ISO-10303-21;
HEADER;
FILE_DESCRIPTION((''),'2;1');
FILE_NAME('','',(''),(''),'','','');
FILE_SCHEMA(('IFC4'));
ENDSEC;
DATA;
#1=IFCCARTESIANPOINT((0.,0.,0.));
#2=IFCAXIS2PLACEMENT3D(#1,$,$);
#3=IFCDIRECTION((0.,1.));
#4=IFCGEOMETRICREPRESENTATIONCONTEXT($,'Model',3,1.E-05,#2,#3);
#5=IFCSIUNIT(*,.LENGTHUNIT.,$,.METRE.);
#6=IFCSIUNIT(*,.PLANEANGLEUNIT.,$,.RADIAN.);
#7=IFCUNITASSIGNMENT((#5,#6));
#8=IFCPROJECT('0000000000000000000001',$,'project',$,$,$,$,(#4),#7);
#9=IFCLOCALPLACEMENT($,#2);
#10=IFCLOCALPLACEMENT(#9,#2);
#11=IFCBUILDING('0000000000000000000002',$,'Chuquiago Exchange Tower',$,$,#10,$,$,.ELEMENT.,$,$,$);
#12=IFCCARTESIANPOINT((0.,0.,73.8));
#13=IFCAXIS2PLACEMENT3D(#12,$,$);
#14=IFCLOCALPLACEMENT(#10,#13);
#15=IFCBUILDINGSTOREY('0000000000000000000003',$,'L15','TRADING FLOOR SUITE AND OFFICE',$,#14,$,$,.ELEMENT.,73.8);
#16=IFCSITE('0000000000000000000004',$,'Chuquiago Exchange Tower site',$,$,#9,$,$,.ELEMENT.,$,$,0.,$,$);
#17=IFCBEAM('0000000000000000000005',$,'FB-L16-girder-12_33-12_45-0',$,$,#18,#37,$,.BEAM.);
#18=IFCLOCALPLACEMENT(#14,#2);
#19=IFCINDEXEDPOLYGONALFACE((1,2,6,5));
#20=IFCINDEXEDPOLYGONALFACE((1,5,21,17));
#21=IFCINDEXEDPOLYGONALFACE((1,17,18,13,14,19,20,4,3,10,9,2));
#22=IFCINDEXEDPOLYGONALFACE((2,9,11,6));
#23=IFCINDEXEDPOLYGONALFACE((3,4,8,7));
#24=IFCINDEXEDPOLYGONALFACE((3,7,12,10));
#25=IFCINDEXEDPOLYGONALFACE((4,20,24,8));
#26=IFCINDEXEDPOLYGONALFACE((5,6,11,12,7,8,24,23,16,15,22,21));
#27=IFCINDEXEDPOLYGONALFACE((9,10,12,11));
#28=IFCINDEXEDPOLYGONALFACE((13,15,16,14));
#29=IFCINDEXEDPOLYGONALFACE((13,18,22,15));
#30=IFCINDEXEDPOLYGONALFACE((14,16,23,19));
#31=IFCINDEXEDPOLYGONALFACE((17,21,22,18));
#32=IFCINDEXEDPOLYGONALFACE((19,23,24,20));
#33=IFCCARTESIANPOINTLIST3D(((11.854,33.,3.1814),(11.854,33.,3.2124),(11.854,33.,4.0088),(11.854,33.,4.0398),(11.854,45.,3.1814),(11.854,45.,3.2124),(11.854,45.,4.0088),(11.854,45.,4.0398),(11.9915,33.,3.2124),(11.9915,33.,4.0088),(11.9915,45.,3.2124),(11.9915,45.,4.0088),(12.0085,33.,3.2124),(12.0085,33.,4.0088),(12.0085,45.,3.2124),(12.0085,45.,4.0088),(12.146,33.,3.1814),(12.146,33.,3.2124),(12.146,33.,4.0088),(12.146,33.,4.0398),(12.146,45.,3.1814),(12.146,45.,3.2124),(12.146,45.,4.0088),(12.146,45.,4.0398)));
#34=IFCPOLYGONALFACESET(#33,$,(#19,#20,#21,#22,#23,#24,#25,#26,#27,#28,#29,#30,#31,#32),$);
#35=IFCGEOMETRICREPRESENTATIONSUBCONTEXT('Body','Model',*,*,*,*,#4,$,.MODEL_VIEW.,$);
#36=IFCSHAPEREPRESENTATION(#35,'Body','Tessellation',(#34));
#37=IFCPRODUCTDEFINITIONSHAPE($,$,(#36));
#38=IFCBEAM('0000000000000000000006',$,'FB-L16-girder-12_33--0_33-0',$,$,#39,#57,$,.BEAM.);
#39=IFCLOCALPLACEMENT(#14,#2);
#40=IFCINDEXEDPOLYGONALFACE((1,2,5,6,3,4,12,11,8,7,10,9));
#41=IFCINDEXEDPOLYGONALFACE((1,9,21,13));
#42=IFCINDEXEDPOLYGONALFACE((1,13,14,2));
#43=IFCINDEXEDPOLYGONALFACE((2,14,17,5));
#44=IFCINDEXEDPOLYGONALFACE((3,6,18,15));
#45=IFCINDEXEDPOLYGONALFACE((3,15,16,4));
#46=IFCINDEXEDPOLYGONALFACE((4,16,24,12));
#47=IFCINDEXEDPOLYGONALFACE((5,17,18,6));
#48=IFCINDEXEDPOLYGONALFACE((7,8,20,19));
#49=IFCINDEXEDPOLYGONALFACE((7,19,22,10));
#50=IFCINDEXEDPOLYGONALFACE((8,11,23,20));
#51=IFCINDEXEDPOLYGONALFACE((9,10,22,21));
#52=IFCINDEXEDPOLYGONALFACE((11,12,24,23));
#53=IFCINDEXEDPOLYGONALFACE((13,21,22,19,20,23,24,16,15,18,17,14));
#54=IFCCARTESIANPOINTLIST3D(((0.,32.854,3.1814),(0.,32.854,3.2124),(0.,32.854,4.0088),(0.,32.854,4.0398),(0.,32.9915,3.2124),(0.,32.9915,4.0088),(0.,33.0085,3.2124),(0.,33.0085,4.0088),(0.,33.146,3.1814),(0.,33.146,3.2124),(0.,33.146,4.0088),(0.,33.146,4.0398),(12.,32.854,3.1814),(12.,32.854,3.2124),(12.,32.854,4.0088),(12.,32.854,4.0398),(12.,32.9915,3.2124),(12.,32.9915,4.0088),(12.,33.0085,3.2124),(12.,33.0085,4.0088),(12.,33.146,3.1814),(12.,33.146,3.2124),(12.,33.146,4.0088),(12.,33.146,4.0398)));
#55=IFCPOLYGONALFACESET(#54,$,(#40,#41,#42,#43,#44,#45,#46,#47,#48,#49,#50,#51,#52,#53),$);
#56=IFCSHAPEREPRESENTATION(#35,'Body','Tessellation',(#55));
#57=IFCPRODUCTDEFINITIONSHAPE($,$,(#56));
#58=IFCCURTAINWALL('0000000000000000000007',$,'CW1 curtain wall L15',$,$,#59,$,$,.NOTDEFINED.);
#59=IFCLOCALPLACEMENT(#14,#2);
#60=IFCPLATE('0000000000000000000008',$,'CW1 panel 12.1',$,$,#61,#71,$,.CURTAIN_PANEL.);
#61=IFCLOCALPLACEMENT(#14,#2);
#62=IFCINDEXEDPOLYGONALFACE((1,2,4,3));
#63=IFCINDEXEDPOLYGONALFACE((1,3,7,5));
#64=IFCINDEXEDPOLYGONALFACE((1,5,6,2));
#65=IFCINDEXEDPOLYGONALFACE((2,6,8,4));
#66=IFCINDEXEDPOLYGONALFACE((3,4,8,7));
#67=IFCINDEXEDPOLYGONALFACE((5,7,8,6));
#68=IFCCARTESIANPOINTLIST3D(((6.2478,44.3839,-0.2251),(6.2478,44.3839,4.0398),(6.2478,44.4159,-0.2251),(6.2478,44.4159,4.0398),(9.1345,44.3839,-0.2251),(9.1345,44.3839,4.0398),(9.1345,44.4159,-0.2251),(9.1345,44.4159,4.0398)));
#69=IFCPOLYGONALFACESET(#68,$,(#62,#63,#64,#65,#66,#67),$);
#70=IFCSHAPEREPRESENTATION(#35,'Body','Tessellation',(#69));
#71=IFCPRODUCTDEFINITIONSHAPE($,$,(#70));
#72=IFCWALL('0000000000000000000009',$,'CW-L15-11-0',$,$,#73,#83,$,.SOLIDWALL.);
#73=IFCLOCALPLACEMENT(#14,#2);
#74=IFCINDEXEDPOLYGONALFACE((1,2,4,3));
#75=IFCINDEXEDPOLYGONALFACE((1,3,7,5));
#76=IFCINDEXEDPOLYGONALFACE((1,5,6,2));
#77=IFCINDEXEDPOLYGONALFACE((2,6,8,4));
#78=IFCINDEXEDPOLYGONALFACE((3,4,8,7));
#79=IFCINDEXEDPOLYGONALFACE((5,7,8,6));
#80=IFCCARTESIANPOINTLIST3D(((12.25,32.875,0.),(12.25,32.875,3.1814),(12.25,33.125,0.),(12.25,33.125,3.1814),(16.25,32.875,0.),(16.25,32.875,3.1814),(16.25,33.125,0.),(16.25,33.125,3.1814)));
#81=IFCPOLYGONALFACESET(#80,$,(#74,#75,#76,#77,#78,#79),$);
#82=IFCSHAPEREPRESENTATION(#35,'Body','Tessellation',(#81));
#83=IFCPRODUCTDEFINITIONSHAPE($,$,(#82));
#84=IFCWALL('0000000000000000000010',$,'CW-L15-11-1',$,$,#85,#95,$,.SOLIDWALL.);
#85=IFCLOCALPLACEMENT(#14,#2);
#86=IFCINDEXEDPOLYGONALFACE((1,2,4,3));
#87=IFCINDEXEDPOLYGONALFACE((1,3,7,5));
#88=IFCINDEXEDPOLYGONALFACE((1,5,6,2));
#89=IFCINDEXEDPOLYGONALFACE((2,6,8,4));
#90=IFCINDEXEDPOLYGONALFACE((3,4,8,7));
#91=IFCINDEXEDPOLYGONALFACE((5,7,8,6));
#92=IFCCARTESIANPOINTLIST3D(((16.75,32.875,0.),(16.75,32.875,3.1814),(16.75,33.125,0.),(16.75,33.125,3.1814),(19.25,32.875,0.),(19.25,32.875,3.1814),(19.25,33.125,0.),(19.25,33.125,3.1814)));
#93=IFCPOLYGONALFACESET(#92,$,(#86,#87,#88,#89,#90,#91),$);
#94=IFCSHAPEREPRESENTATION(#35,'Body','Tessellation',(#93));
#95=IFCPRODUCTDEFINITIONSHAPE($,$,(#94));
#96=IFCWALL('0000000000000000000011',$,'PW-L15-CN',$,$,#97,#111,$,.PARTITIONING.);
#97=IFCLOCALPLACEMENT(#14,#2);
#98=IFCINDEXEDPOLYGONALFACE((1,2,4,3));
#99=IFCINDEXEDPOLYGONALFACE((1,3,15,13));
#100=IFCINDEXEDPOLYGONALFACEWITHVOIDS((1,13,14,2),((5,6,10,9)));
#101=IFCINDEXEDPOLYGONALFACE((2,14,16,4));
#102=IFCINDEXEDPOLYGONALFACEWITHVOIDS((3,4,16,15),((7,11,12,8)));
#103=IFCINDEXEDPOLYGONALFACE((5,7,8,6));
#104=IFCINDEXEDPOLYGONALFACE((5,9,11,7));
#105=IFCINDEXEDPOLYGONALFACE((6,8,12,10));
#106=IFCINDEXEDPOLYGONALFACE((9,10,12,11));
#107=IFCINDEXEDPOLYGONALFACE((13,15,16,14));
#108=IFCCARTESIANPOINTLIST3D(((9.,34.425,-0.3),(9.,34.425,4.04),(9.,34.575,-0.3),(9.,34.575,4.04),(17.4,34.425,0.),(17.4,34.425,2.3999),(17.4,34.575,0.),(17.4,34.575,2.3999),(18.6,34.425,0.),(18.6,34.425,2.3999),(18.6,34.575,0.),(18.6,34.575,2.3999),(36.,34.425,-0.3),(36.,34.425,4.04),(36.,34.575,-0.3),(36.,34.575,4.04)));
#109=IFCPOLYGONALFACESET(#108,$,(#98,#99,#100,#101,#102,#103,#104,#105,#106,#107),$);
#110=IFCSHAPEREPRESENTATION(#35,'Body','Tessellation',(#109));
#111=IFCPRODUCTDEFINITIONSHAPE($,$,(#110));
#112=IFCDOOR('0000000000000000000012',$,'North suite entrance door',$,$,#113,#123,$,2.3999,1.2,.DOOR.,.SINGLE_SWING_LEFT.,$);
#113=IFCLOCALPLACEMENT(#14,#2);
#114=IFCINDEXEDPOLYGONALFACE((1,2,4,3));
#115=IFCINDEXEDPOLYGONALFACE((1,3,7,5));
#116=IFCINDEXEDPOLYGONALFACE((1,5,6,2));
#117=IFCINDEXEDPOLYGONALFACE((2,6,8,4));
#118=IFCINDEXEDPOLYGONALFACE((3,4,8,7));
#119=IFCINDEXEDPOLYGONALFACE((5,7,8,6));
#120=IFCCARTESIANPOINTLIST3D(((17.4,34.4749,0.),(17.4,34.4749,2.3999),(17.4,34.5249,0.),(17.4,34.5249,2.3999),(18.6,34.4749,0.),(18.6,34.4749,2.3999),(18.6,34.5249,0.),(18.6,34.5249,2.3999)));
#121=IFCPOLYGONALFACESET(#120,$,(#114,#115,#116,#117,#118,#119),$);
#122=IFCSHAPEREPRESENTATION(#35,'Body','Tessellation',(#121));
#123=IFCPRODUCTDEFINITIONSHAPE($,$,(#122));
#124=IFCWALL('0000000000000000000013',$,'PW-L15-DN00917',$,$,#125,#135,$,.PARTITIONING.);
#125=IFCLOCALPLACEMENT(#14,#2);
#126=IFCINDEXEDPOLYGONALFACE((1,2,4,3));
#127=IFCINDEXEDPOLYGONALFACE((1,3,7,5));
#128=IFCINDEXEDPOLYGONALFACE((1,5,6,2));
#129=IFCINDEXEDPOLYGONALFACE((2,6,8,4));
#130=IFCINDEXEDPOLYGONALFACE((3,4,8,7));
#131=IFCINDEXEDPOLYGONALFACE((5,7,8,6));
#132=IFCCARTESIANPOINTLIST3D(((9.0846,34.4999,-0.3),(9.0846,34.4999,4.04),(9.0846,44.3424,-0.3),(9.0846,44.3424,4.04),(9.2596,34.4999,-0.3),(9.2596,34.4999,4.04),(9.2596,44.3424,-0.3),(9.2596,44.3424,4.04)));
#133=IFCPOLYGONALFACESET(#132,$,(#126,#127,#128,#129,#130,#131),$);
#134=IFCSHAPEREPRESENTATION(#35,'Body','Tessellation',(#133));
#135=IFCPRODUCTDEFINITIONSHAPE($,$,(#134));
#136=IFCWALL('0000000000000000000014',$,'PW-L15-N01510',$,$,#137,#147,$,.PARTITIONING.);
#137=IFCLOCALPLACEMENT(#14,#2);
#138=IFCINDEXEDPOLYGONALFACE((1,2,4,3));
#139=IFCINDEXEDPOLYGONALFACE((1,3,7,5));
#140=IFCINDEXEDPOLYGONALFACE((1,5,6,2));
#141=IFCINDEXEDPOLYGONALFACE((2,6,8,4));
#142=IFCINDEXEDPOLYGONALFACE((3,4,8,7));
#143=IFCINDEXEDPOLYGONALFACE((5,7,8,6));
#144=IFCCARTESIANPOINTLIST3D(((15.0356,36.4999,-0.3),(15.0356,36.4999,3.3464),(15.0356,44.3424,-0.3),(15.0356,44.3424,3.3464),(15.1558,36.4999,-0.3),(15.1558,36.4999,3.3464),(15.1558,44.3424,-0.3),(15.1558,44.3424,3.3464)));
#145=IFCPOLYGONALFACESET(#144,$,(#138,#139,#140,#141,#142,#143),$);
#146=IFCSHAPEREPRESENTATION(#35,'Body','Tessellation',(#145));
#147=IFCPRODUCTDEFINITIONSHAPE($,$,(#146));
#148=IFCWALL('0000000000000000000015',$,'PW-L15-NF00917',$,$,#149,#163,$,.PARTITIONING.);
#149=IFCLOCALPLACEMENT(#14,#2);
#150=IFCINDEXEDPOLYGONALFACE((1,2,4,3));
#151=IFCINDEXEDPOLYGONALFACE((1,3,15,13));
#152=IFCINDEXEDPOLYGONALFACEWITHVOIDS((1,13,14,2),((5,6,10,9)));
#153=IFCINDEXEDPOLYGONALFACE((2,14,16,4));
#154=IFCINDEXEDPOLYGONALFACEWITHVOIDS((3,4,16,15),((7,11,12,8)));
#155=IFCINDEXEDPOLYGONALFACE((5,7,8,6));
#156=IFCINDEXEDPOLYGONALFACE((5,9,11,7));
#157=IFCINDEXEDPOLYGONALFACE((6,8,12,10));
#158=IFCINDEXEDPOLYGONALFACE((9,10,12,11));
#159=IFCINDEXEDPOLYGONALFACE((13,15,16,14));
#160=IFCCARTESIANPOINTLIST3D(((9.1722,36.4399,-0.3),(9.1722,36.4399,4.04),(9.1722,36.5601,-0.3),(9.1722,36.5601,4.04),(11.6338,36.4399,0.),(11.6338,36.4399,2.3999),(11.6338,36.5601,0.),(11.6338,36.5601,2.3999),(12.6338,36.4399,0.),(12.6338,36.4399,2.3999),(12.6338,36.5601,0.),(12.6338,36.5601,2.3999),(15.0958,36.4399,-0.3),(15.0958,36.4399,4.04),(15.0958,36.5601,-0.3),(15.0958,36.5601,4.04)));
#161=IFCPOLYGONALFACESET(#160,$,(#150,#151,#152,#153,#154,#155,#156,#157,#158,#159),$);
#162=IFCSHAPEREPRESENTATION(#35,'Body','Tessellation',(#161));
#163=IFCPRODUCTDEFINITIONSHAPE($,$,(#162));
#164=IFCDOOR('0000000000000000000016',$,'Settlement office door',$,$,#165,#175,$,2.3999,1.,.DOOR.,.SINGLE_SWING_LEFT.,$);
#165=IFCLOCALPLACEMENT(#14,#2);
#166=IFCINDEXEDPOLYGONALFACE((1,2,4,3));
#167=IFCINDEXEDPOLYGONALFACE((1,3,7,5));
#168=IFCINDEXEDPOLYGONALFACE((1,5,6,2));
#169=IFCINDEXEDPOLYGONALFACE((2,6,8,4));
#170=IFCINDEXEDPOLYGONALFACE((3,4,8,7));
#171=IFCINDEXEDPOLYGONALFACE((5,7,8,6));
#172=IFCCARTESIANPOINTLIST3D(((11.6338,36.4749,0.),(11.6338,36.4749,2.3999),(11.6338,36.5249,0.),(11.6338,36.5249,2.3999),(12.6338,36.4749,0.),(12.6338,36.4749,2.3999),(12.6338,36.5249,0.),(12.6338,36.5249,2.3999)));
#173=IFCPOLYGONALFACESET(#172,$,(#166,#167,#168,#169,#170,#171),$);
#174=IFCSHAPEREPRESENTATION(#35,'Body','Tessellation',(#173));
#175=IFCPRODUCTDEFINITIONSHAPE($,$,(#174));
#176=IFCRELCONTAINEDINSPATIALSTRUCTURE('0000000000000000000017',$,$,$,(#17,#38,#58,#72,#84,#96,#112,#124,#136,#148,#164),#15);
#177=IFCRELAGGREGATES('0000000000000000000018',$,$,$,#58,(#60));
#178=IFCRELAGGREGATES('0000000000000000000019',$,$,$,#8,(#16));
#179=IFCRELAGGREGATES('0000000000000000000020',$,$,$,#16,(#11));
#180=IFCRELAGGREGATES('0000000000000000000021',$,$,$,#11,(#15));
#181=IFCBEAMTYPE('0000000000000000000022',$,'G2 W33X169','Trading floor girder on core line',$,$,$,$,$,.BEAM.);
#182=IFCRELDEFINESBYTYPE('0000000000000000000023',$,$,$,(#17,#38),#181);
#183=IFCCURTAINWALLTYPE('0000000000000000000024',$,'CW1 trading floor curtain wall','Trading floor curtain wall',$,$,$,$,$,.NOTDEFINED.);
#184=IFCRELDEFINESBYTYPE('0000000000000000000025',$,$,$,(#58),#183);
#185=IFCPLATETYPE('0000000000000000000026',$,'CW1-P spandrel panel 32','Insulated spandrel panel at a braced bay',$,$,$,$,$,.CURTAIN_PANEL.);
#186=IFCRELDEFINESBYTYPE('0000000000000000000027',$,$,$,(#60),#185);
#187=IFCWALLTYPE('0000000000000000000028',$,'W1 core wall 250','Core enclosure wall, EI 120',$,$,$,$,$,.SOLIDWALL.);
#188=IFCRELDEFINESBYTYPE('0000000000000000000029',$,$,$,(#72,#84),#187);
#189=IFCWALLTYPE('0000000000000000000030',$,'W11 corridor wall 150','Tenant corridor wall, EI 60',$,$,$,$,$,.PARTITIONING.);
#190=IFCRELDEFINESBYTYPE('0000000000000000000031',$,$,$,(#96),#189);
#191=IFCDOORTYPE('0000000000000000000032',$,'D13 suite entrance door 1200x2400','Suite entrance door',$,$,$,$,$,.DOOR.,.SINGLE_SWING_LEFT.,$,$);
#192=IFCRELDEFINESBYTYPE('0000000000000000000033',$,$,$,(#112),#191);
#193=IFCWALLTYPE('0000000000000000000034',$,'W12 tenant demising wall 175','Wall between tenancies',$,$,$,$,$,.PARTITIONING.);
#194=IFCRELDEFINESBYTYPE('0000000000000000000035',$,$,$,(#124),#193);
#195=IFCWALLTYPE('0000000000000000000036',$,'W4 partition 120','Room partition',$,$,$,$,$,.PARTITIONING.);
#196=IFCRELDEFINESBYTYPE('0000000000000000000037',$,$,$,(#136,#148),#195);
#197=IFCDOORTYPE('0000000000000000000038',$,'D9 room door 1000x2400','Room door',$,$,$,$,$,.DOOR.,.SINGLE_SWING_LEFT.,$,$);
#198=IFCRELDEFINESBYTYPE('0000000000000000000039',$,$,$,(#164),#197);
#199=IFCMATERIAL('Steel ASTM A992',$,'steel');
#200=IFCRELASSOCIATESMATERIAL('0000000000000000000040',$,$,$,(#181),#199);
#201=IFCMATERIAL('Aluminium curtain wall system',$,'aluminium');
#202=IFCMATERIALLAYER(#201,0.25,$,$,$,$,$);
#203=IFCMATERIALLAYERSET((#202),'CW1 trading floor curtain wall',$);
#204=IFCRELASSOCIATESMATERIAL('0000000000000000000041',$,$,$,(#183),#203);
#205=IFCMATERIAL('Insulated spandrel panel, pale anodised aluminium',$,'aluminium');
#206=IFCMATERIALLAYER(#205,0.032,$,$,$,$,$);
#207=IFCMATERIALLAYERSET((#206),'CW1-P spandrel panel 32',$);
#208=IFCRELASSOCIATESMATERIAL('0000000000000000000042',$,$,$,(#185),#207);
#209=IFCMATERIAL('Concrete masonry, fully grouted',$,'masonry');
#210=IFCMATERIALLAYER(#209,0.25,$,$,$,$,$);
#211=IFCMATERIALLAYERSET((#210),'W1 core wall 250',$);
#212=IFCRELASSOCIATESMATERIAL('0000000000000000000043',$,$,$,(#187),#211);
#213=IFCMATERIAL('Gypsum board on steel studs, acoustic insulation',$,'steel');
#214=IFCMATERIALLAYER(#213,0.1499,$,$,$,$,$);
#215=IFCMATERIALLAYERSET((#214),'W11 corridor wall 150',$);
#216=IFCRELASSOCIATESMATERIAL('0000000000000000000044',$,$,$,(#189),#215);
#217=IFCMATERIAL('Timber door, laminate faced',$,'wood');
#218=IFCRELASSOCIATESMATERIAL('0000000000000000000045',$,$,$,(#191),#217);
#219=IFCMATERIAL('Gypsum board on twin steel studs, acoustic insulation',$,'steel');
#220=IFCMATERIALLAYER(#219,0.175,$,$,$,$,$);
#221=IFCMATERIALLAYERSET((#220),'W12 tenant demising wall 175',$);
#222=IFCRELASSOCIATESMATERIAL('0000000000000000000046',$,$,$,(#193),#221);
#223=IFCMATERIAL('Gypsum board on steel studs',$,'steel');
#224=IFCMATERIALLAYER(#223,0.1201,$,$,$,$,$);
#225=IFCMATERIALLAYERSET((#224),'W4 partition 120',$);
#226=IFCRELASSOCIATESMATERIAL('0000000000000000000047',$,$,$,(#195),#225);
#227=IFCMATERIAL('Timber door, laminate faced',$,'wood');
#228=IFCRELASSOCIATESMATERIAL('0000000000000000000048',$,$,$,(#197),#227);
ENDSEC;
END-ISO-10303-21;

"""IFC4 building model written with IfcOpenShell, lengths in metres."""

from ifc_helpers import new_model, si_unit, direction, frame, frame_2d, origin, origin_2d, place, context, subcontext, project, spatial, rectangle, i_section, extrude, material, layer, layer_set, material_profile, profile_set, type_object, element, fill, aggregate, save


model = new_model("IFC4")

# Units and contexts
model_context = context("Model", 3, precision=1e-05, world=origin(), true_north=direction((0.0, 1.0)))
body_context = subcontext(model_context, "Body", "Model", "MODEL_VIEW")
ifc_project = project(units=[si_unit("LENGTHUNIT", "METRE"), si_unit("PLANEANGLEUNIT", "RADIAN")], contexts=[model_context])

# Site, building, storey
site_placement = place(None, origin())
site = spatial("IfcSite", under=ifc_project, at=site_placement, Name="Chuquiago Exchange Tower site", CompositionType="ELEMENT", RefElevation=0.0)
building_placement = place(site_placement, origin())
building = spatial("IfcBuilding", under=site, at=building_placement, Name="Chuquiago Exchange Tower", CompositionType="ELEMENT")
storey_placement = place(building_placement, frame((0.0, 0.0, 73.8)))
storey = spatial("IfcBuildingStorey", under=building, at=storey_placement, Name="L15", Description="TRADING FLOOR SUITE AND OFFICE", CompositionType="ELEMENT", Elevation=73.8)

# Beams
ifc_material_1 = material(Name="Steel ASTM A992", Category="steel")
ifc_material_profile_1 = material_profile(ifc_material_1, i_section(OverallWidth=0.292, OverallDepth=0.8584, WebThickness=0.0171, FlangeThickness=0.031, at=origin_2d()), Name="W33X169")
ifc_profile_set_1 = profile_set([ifc_material_profile_1], Name="Steel ASTM A992")
beam_type_1 = type_object("IfcBeamType", Name="G2 W33X169", Description="Trading floor girder on core line", PredefinedType="BEAM", material=ifc_profile_set_1)
for number, where, z_axis, x_axis, name in (
    (1, (12.0, 33.0, 3.6106), (0.0, 1.0, 0.0), (-1.0, 0.0, 0.0), "FB-L16-girder-12_33-12_45-0"),
    (2, (12.0, 33.0, 3.6106), (-1.0, 0.0, 0.0), (0.0, -1.0, 0.0), "FB-L16-girder-12_33--0_33-0"),
):
    element("IfcBeam", number, at=place(storey_placement, frame(where, z_axis=z_axis, x_axis=x_axis)), inside=storey, type_object=beam_type_1, Name=name, PredefinedType="BEAM", context=body_context, shape_type="SweptSolid", body=[
        extrude(i_section(OverallWidth=0.292, OverallDepth=0.8584, WebThickness=0.0171, FlangeThickness=0.031, at=origin_2d()), origin(), (0.0, 0.0, 1.0), 12.0),
    ])

# Curtain wall, plate
ifc_material_2 = material(Name="Aluminium curtain wall system", Category="aluminium")
ifc_layer_1 = layer(ifc_material_2, 0.25)
ifc_layer_set_1 = layer_set([ifc_layer_1], Name="CW1 trading floor curtain wall")
curtain_wall_type = type_object("IfcCurtainWallType", Name="CW1 trading floor curtain wall", Description="Trading floor curtain wall", PredefinedType="NOTDEFINED", material=ifc_layer_set_1)
curtain_wall_placement = place(storey_placement, origin())
curtain_wall = element("IfcCurtainWall", 3, at=curtain_wall_placement, inside=storey, type_object=curtain_wall_type, Name="CW1 curtain wall L15", PredefinedType="NOTDEFINED")
ifc_material_3 = material(Name="Insulated spandrel panel, pale anodised aluminium", Category="aluminium")
ifc_layer_2 = layer(ifc_material_3, 0.032)
ifc_layer_set_2 = layer_set([ifc_layer_2], Name="CW1-P spandrel panel 32")
plate_type = type_object("IfcPlateType", Name="CW1-P spandrel panel 32", Description="Insulated spandrel panel at a braced bay", PredefinedType="CURTAIN_PANEL", material=ifc_layer_set_2)
plate_placement = place(storey_placement, frame((7.6912, 44.3999, -0.2251), z_axis=(0.0, 0.0, 1.0), x_axis=(-1.0, 0.0, 0.0)))
plate = element("IfcPlate", 4, at=plate_placement, type_object=plate_type, Name="CW1 panel 12.1", PredefinedType="CURTAIN_PANEL", context=body_context, shape_type="SweptSolid", body=[
    extrude(rectangle(XDim=2.8867, YDim=0.032, at=origin_2d()), origin(), (0.0, 0.0, 1.0), 4.2649),
])
aggregate(curtain_wall, [plate])

# Walls
ifc_material_4 = material(Name="Concrete masonry, fully grouted", Category="masonry")
ifc_layer_3 = layer(ifc_material_4, 0.25)
ifc_layer_set_3 = layer_set([ifc_layer_3], Name="W1 core wall 250")
wall_type_1 = type_object("IfcWallType", Name="W1 core wall 250", Description="Core enclosure wall, EI 120", PredefinedType="SOLIDWALL", material=ifc_layer_set_3)
wall_1_placement = place(storey_placement, frame((12.25, 33.0, 0.0), z_axis=(0.0, 0.0, 1.0), x_axis=(1.0, 0.0, 0.0)))
element("IfcWall", 5, at=wall_1_placement, inside=storey, type_object=wall_type_1, Name="CW-L15-11-0", PredefinedType="SOLIDWALL", context=body_context, shape_type="SweptSolid", body=[
    extrude(rectangle(XDim=4.0, YDim=0.25, at=frame_2d((2.0, 0.0))), origin(), (0.0, 0.0, 1.0), 3.1814),
])
wall_2_placement = place(storey_placement, frame((16.75, 33.0, 0.0), z_axis=(0.0, 0.0, 1.0), x_axis=(1.0, 0.0, 0.0)))
element("IfcWall", 6, at=wall_2_placement, inside=storey, type_object=wall_type_1, Name="CW-L15-11-1", PredefinedType="SOLIDWALL", context=body_context, shape_type="SweptSolid", body=[
    extrude(rectangle(XDim=2.5, YDim=0.25, at=frame_2d((1.25, 0.0))), origin(), (0.0, 0.0, 1.0), 3.1814),
])

# Wall, opening, door
ifc_material_5 = material(Name="Gypsum board on steel studs, acoustic insulation", Category="steel")
ifc_layer_4 = layer(ifc_material_5, 0.1499)
ifc_layer_set_4 = layer_set([ifc_layer_4], Name="W11 corridor wall 150")
wall_type_2 = type_object("IfcWallType", Name="W11 corridor wall 150", Description="Tenant corridor wall, EI 60", PredefinedType="PARTITIONING", material=ifc_layer_set_4)
wall_3_placement = place(storey_placement, frame((9.0, 34.5, -0.3), z_axis=(0.0, 0.0, 1.0), x_axis=(1.0, 0.0, 0.0)))
wall_3 = element("IfcWall", 7, at=wall_3_placement, inside=storey, type_object=wall_type_2, Name="PW-L15-CN", PredefinedType="PARTITIONING", context=body_context, shape_type="SweptSolid", body=[
    extrude(rectangle(XDim=27.0, YDim=0.1499, at=frame_2d((13.5, 0.0))), origin(), (0.0, 0.0, 1.0), 4.3401),
])
opening_1_placement = place(wall_3_placement, frame((8.3999, 0.0, 0.3)))
opening_1 = element("IfcOpeningElement", 8, at=opening_1_placement, cuts=wall_3, PredefinedType="OPENING", context=body_context, shape_type="SweptSolid", body=[
    extrude(rectangle(XDim=1.2, YDim=2.3999, at=frame_2d((0.6001, 1.2))), frame((0.0, 0.085, 0.0), z_axis=(0.0, -1.0, 0.0), x_axis=(1.0, 0.0, 0.0)), (0.0, 0.0, 1.0), 0.1699),
])
ifc_material_6 = material(Name="Timber door, laminate faced", Category="wood")
door_type_1 = type_object("IfcDoorType", Name="D13 suite entrance door 1200x2400", Description="Suite entrance door", OperationType="SINGLE_SWING_LEFT", PredefinedType="DOOR", material=ifc_material_6)
door_1_placement = place(opening_1_placement, origin())
door_1 = element("IfcDoor", 9, at=door_1_placement, inside=storey, type_object=door_type_1, Name="North suite entrance door", OperationType="SINGLE_SWING_LEFT", OverallHeight=2.3999, OverallWidth=1.2, PredefinedType="DOOR", context=body_context, shape_type="SweptSolid", body=[
    extrude(rectangle(XDim=1.2, YDim=2.3999, at=frame_2d((0.6001, 1.2))), frame((0.0, 0.0249, 0.0), z_axis=(0.0, -1.0, 0.0), x_axis=(1.0, 0.0, 0.0)), (0.0, 0.0, 1.0), 0.05),
])
fill(opening_1, door_1)

# Walls
ifc_material_7 = material(Name="Gypsum board on twin steel studs, acoustic insulation", Category="steel")
ifc_layer_5 = layer(ifc_material_7, 0.175)
ifc_layer_set_5 = layer_set([ifc_layer_5], Name="W12 tenant demising wall 175")
wall_type_3 = type_object("IfcWallType", Name="W12 tenant demising wall 175", Description="Wall between tenancies", PredefinedType="PARTITIONING", material=ifc_layer_set_5)
wall_4_placement = place(storey_placement, frame((9.1721, 44.3425, -0.3), z_axis=(0.0, 0.0, 1.0), x_axis=(0.0, -1.0, 0.0)))
element("IfcWall", 10, at=wall_4_placement, inside=storey, type_object=wall_type_3, Name="PW-L15-DN00917", PredefinedType="PARTITIONING", context=body_context, shape_type="SweptSolid", body=[
    extrude(rectangle(XDim=9.8425, YDim=0.175, at=frame_2d((4.9214, 0.0))), origin(), (0.0, 0.0, 1.0), 4.3401),
])
ifc_material_8 = material(Name="Gypsum board on steel studs", Category="steel")
ifc_layer_6 = layer(ifc_material_8, 0.1201)
ifc_layer_set_6 = layer_set([ifc_layer_6], Name="W4 partition 120")
wall_type_4 = type_object("IfcWallType", Name="W4 partition 120", Description="Room partition", PredefinedType="PARTITIONING", material=ifc_layer_set_6)
wall_5_placement = place(storey_placement, frame((15.0957, 44.3425, -0.3), z_axis=(0.0, 0.0, 1.0), x_axis=(0.0, -1.0, 0.0)))
element("IfcWall", 11, at=wall_5_placement, inside=storey, type_object=wall_type_4, Name="PW-L15-N01510", PredefinedType="PARTITIONING", context=body_context, shape_type="SweptSolid", body=[
    extrude(rectangle(XDim=7.8425, YDim=0.1201, at=frame_2d((3.9214, 0.0))), origin(), (0.0, 0.0, 1.0), 3.6465),
])

# Wall, opening, door
wall_6_placement = place(storey_placement, frame((9.1721, 36.5, -0.3), z_axis=(0.0, 0.0, 1.0), x_axis=(1.0, 0.0, 0.0)))
wall_6 = element("IfcWall", 12, at=wall_6_placement, inside=storey, type_object=wall_type_4, Name="PW-L15-NF00917", PredefinedType="PARTITIONING", context=body_context, shape_type="SweptSolid", body=[
    extrude(rectangle(XDim=5.9236, YDim=0.1201, at=frame_2d((2.9619, 0.0))), origin(), (0.0, 0.0, 1.0), 4.3401),
])
opening_2_placement = place(wall_6_placement, frame((2.4617, 0.0, 0.3)))
opening_2 = element("IfcOpeningElement", 13, at=opening_2_placement, cuts=wall_6, PredefinedType="OPENING", context=body_context, shape_type="SweptSolid", body=[
    extrude(rectangle(XDim=1.0, YDim=2.3999, at=frame_2d((0.5, 1.2))), frame((0.0, 0.0701, 0.0), z_axis=(0.0, -1.0, 0.0), x_axis=(1.0, 0.0, 0.0)), (0.0, 0.0, 1.0), 0.1401),
])
ifc_material_9 = material(Name="Timber door, laminate faced", Category="wood")
door_type_2 = type_object("IfcDoorType", Name="D9 room door 1000x2400", Description="Room door", OperationType="SINGLE_SWING_LEFT", PredefinedType="DOOR", material=ifc_material_9)
door_2_placement = place(opening_2_placement, origin())
door_2 = element("IfcDoor", 14, at=door_2_placement, inside=storey, type_object=door_type_2, Name="Settlement office door", OperationType="SINGLE_SWING_LEFT", OverallHeight=2.3999, OverallWidth=1.0, PredefinedType="DOOR", context=body_context, shape_type="SweptSolid", body=[
    extrude(rectangle(XDim=1.0, YDim=2.3999, at=frame_2d((0.5, 1.2))), frame((0.0, 0.0249, 0.0), z_axis=(0.0, -1.0, 0.0), x_axis=(1.0, 0.0, 0.0)), (0.0, 0.0, 1.0), 0.05),
])
fill(opening_2, door_2)

save(model, "model.ifc")
